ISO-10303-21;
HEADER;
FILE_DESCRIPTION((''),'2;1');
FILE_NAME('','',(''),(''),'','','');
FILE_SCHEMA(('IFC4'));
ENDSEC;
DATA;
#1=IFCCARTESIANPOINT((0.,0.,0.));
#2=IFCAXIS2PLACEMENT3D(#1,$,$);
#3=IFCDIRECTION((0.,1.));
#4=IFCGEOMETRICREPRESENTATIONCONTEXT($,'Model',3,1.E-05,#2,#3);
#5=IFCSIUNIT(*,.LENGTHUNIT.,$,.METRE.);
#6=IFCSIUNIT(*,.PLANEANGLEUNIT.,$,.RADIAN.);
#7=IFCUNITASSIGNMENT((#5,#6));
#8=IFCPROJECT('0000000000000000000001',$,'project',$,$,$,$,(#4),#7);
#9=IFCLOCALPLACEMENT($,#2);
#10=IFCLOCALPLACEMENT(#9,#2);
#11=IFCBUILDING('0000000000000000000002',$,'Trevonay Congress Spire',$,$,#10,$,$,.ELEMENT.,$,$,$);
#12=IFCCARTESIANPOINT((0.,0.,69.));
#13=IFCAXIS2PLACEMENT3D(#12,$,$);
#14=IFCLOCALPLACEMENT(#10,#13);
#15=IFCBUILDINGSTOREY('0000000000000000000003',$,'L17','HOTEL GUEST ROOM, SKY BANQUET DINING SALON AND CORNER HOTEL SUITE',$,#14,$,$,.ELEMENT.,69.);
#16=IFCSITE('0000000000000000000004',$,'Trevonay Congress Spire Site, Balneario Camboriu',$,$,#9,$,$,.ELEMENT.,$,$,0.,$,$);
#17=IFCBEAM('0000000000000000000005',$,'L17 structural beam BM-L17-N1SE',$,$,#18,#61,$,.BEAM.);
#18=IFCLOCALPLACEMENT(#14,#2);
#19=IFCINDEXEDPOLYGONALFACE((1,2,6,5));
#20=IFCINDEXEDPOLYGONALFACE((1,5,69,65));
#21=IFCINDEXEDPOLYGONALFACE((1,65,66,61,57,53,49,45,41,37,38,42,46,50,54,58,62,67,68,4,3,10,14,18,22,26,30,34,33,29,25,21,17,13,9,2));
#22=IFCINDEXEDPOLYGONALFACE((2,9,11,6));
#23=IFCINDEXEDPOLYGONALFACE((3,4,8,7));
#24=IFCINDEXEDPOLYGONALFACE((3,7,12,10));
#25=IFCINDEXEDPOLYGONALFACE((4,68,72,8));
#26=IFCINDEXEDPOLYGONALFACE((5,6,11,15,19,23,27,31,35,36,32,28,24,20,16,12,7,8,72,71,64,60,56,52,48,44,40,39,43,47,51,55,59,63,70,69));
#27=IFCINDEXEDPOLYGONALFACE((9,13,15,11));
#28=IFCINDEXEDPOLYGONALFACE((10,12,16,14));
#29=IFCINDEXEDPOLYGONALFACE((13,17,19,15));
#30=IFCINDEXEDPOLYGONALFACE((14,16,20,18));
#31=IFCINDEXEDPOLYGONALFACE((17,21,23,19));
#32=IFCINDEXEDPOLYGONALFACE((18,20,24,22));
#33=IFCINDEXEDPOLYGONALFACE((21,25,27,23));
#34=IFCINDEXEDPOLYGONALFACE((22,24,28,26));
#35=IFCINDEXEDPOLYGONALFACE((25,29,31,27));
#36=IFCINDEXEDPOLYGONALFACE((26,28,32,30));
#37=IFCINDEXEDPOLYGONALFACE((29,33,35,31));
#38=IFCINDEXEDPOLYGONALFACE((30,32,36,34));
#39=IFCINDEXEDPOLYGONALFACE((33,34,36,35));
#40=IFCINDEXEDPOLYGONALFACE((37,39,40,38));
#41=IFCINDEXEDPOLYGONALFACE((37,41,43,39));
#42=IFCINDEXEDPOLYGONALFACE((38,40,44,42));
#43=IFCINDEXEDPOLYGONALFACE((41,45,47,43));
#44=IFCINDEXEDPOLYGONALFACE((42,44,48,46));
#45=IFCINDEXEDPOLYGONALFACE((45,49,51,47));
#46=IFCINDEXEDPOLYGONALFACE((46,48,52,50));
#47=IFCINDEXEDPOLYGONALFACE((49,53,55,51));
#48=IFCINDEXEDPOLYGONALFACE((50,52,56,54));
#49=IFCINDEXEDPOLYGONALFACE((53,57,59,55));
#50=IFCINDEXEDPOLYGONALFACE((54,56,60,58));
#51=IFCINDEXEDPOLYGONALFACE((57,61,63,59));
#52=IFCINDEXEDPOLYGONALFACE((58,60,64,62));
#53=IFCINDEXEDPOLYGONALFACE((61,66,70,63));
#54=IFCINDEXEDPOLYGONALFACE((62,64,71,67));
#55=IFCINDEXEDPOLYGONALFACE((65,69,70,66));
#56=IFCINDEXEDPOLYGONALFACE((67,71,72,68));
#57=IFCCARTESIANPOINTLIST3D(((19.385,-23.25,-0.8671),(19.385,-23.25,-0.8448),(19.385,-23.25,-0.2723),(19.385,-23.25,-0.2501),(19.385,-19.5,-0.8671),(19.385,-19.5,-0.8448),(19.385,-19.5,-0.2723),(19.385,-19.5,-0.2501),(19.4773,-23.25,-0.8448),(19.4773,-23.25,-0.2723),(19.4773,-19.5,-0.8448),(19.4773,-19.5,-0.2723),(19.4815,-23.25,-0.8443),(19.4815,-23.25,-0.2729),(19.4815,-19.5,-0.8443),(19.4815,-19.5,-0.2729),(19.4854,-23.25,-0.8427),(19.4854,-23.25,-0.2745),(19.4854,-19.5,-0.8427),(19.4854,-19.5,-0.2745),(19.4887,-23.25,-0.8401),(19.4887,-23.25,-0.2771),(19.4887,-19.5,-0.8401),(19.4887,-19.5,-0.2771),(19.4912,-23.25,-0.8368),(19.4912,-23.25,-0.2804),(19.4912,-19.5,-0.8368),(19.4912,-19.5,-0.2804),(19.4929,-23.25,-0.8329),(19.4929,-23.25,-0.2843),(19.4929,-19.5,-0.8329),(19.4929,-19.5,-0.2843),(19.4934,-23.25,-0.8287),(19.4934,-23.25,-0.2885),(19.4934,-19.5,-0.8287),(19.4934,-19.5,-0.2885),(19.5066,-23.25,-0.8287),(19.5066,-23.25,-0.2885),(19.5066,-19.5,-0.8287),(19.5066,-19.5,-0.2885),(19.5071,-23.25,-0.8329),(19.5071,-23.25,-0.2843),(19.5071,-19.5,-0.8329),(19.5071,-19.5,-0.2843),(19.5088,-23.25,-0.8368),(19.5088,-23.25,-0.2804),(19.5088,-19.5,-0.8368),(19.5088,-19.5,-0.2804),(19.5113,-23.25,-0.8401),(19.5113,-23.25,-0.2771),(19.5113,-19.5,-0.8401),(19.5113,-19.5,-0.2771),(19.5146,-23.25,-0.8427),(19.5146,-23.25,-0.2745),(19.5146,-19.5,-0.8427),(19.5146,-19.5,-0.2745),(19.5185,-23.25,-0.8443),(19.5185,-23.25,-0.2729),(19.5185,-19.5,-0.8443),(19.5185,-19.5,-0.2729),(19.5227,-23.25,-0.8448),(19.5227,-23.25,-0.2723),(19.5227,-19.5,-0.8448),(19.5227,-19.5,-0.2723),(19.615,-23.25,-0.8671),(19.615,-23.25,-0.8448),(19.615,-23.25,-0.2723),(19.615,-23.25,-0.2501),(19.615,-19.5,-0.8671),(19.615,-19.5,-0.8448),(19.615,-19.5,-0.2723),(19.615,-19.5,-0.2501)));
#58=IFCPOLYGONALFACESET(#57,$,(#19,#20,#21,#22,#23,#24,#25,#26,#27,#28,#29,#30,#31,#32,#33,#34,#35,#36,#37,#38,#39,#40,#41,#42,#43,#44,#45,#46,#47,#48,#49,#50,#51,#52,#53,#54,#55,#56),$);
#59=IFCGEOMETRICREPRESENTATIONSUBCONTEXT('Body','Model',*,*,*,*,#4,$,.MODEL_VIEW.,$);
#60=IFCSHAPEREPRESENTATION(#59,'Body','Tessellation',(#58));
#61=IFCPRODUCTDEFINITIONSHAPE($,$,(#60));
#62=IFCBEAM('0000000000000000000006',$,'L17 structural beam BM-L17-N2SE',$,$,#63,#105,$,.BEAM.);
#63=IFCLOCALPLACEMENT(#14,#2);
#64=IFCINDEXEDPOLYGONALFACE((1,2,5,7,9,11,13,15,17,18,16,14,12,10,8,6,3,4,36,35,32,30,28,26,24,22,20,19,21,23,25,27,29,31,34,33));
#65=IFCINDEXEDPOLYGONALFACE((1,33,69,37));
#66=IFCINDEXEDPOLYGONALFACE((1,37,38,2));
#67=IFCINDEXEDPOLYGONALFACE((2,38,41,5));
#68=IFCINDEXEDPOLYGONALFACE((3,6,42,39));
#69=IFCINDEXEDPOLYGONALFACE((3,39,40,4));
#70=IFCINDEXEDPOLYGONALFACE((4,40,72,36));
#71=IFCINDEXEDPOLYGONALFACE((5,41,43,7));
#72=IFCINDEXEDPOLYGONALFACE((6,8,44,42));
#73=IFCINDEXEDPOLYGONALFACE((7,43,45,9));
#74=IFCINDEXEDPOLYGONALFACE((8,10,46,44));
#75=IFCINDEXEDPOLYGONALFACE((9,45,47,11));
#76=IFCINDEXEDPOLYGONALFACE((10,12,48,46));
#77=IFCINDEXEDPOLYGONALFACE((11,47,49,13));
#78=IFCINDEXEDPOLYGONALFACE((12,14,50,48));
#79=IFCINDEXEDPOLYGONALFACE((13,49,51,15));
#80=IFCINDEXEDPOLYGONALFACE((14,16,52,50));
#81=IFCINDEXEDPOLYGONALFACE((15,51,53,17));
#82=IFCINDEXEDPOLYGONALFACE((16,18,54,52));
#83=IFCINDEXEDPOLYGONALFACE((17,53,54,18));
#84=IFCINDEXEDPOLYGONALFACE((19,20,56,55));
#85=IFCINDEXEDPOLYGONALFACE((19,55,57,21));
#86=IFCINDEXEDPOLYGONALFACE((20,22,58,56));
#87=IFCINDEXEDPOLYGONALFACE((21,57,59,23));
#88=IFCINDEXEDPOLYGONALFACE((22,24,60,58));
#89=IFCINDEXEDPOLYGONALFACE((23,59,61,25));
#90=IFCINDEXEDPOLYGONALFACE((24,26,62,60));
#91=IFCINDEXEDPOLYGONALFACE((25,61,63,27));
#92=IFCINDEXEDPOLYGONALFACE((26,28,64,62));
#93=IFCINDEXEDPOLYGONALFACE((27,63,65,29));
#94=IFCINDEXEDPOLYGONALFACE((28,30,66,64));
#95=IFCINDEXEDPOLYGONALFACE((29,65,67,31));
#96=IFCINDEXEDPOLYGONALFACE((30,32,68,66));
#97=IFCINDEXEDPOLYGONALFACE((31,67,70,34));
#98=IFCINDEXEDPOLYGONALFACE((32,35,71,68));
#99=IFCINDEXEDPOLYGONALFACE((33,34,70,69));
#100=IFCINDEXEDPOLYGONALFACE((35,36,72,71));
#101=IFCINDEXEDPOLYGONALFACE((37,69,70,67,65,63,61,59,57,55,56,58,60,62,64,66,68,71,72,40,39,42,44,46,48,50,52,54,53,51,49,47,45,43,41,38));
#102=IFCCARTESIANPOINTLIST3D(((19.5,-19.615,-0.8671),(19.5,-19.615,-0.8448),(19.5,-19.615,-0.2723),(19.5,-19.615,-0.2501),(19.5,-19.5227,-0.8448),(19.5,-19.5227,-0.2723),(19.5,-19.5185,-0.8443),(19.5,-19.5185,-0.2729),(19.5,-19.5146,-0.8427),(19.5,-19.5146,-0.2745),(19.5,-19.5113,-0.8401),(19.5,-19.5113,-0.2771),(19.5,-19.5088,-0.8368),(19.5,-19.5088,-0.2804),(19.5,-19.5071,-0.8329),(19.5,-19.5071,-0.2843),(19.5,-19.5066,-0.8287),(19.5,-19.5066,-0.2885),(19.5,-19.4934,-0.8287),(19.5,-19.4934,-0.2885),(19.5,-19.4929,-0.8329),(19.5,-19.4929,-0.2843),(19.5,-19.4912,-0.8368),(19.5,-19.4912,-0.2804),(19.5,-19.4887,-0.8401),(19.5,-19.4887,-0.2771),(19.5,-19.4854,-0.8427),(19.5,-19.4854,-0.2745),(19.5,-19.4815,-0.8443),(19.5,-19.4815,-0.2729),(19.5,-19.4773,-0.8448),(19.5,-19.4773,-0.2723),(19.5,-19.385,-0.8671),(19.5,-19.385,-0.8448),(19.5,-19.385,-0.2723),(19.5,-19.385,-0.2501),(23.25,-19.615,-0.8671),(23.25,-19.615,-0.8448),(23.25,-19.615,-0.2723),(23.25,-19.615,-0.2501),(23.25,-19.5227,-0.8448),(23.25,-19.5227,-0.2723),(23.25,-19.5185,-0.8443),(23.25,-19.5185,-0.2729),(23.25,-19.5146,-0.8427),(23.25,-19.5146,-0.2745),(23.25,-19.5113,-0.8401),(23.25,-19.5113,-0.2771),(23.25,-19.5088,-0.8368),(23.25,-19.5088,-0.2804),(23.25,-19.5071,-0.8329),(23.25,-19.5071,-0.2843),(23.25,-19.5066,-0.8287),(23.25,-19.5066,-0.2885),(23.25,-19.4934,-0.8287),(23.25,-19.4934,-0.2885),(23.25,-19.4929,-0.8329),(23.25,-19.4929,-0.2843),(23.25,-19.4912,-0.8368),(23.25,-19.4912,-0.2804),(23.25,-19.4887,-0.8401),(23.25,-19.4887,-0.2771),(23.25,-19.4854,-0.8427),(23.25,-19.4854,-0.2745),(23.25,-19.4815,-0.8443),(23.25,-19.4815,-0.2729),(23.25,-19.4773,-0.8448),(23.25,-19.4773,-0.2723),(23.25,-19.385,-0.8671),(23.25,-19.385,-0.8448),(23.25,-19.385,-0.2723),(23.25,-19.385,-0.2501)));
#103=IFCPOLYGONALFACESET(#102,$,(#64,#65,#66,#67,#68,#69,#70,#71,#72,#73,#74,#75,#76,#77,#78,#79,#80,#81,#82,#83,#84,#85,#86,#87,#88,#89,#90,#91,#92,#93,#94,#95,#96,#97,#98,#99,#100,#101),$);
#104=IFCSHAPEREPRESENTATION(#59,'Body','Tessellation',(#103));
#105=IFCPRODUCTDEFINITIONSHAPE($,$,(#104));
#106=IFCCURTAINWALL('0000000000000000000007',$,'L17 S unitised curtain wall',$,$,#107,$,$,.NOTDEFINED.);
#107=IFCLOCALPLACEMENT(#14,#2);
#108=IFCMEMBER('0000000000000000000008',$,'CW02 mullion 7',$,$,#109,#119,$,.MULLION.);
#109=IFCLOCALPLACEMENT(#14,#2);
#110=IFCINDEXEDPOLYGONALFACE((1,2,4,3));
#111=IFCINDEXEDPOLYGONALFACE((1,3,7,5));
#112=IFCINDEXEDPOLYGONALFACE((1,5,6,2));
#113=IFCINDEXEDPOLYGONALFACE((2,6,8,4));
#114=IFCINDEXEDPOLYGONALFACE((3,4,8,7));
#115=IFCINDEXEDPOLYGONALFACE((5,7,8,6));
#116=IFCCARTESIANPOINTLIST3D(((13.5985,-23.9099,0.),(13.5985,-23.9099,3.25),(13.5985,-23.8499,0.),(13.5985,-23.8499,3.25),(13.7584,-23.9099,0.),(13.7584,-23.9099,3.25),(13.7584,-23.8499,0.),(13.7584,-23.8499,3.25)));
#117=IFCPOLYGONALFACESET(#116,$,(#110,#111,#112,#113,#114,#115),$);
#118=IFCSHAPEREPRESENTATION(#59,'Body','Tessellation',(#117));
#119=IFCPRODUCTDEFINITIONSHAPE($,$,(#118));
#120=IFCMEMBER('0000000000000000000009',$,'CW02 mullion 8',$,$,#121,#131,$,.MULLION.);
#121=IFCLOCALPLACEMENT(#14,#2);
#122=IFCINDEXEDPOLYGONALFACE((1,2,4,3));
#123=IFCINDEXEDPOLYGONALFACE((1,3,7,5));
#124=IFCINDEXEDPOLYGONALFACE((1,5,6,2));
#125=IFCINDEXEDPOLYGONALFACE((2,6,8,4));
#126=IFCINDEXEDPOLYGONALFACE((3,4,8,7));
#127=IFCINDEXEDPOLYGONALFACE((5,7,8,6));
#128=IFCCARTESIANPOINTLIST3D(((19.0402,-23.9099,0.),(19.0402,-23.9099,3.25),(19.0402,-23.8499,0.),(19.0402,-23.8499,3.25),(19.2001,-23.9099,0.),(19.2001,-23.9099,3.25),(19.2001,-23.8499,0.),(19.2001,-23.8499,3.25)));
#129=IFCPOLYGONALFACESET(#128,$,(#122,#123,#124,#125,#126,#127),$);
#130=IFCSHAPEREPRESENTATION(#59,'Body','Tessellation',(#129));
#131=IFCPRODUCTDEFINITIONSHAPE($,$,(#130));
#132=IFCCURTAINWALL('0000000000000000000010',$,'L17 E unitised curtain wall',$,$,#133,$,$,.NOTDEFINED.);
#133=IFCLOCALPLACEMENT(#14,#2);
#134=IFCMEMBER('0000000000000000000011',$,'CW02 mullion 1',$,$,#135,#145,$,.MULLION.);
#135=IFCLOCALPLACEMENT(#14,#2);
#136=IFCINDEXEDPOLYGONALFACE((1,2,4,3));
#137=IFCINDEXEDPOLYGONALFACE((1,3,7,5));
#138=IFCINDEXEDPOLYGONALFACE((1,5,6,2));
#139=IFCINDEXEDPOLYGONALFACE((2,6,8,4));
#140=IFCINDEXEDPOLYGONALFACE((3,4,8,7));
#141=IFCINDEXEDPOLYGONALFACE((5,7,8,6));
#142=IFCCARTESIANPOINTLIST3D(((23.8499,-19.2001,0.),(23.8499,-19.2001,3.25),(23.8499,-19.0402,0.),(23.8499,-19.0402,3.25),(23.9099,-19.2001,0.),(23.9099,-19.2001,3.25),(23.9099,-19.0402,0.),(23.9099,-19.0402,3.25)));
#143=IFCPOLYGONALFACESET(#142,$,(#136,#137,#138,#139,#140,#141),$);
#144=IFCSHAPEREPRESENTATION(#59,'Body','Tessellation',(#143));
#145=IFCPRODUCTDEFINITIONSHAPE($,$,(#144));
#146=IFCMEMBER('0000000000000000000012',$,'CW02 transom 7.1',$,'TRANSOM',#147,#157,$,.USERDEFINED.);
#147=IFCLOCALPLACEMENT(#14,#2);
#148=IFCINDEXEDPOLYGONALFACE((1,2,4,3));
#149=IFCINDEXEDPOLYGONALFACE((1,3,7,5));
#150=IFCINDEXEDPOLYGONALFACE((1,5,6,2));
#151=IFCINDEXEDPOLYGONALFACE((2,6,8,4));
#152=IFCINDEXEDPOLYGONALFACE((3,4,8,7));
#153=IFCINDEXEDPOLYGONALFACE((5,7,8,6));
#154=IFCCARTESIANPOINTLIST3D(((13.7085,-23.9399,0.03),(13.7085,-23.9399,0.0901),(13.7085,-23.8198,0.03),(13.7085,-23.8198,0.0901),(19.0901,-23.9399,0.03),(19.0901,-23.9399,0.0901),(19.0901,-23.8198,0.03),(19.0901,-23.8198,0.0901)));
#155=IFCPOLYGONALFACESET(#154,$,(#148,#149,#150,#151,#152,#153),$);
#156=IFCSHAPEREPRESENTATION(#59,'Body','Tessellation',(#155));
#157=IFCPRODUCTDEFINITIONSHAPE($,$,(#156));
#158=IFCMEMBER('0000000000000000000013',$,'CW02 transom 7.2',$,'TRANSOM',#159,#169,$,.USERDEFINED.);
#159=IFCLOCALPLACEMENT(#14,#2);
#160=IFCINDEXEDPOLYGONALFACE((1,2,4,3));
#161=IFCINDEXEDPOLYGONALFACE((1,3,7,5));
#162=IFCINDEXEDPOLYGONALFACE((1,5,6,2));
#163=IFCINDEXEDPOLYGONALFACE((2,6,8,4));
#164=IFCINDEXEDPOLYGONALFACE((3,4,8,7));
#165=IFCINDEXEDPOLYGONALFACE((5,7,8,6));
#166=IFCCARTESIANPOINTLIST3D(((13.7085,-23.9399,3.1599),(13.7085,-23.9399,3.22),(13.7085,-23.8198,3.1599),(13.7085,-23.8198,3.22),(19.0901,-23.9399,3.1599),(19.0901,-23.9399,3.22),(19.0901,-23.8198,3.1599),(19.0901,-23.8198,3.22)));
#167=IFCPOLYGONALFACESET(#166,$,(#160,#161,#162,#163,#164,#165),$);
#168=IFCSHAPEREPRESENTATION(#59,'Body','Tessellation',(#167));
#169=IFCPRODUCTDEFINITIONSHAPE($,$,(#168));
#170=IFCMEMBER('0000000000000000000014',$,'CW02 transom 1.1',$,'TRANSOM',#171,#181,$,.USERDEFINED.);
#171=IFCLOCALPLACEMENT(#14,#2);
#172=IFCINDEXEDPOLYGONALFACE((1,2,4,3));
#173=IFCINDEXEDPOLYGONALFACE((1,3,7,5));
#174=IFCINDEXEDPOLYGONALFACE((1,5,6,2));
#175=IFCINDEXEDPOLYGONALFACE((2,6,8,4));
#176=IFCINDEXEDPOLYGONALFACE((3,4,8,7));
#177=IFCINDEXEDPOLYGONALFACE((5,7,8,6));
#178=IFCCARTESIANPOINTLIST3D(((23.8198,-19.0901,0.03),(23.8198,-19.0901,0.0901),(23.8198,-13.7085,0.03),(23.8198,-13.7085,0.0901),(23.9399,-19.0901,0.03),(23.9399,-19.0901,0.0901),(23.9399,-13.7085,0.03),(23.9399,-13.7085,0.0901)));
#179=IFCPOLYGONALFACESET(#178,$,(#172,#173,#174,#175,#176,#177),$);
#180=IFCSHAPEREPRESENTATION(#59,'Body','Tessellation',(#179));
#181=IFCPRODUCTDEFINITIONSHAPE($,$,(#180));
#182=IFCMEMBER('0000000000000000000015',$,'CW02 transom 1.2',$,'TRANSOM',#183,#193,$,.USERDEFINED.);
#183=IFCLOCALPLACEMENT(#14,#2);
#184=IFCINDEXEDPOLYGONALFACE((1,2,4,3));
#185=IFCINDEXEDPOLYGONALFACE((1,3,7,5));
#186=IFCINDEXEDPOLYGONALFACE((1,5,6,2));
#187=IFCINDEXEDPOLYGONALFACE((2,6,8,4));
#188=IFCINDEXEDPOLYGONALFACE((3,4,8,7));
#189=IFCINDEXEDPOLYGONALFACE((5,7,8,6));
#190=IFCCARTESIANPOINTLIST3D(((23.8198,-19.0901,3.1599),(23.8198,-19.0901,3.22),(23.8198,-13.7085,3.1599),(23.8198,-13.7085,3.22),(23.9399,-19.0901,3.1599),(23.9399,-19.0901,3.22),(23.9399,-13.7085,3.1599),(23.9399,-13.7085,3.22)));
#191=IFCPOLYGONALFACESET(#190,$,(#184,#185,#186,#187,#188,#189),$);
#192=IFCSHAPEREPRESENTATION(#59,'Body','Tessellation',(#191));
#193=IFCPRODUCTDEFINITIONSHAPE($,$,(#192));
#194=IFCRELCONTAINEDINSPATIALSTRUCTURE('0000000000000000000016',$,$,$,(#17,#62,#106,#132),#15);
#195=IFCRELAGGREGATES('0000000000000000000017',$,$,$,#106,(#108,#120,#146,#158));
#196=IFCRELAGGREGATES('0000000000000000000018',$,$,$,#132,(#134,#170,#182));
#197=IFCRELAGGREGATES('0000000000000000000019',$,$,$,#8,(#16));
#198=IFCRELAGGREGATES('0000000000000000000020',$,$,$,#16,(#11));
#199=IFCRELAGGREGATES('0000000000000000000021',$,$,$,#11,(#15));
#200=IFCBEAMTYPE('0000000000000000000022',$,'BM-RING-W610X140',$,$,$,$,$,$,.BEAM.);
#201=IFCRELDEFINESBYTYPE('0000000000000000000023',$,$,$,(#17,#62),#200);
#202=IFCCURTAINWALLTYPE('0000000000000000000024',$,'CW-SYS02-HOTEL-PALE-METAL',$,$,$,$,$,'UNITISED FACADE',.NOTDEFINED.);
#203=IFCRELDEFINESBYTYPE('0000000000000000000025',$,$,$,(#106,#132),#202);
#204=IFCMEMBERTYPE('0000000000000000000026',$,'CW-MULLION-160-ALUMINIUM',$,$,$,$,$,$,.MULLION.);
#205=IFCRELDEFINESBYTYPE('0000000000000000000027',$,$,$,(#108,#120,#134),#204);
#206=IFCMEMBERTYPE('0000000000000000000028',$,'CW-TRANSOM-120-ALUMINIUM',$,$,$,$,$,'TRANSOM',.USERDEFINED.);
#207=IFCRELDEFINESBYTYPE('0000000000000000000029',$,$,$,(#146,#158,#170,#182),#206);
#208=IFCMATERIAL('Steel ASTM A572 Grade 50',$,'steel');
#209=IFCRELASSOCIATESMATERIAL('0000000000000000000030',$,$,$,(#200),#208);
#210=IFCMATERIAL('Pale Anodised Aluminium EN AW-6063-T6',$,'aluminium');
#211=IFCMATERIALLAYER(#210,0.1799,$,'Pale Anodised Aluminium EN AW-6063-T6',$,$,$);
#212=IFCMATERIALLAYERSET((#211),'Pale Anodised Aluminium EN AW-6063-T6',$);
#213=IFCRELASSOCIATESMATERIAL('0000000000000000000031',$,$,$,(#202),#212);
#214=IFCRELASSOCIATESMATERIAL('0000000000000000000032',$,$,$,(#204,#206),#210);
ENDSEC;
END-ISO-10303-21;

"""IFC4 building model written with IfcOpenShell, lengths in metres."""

from ifc_helpers import new_model, si_unit, direction, frame, origin, origin_2d, place, context, subcontext, project, spatial, rectangle, i_section, extrude, material, layer, layer_set, material_profile, profile_set, type_object, element, aggregate, save


model = new_model("IFC4")

# Units and contexts
model_context = context("Model", 3, precision=1e-05, world=origin(), true_north=direction((0.0, 1.0)))
body_context = subcontext(model_context, "Body", "Model", "MODEL_VIEW")
ifc_project = project(units=[si_unit("LENGTHUNIT", "METRE"), si_unit("PLANEANGLEUNIT", "RADIAN")], contexts=[model_context])

# Site, building, storey
site_placement = place(None, origin())
site = spatial("IfcSite", under=ifc_project, at=site_placement, Name="Trevonay Congress Spire Site, Balneario Camboriu", CompositionType="ELEMENT", RefElevation=0.0)
building_placement = place(site_placement, origin())
building = spatial("IfcBuilding", under=site, at=building_placement, Name="Trevonay Congress Spire", CompositionType="ELEMENT")
storey_placement = place(building_placement, frame((0.0, 0.0, 69.0)))
storey = spatial("IfcBuildingStorey", under=building, at=storey_placement, Name="L17", Description="HOTEL GUEST ROOM, SKY BANQUET DINING SALON AND CORNER HOTEL SUITE", CompositionType="ELEMENT", Elevation=69.0)

# Shared definitions
ifc_material_1 = material(Name="Steel ASTM A572 Grade 50", Category="steel")

# Beams
ifc_material_profile_1 = material_profile(ifc_material_1, i_section(OverallWidth=0.23, OverallDepth=0.6169, WebThickness=0.0132, FlangeThickness=0.0222, FilletRadius=0.0161, at=origin_2d()), Name="W610x140")
ifc_profile_set_1 = profile_set([ifc_material_profile_1], Name="Steel ASTM A572 Grade 50")
beam_type = type_object("IfcBeamType", Name="BM-RING-W610X140", PredefinedType="BEAM", material=ifc_profile_set_1)
for number, where, z_axis, x_axis, name in (
    (1, (19.5, -23.25, -0.5586), (0.0, 1.0, 0.0), (-1.0, 0.0, 0.0), "L17 structural beam BM-L17-N1SE"),
    (2, (23.25, -19.5, -0.5586), (-1.0, 0.0, 0.0), (0.0, -1.0, 0.0), "L17 structural beam BM-L17-N2SE"),
):
    element("IfcBeam", number, at=place(storey_placement, frame(where, z_axis=z_axis, x_axis=x_axis)), inside=storey, type_object=beam_type, Name=name, PredefinedType="BEAM", context=body_context, shape_type="SweptSolid", body=[
        extrude(i_section(OverallWidth=0.23, OverallDepth=0.6169, WebThickness=0.0132, FlangeThickness=0.0222, FilletRadius=0.0161, at=origin_2d()), origin(), (0.0, 0.0, 1.0), 3.75),
    ])

# Curtain wall, members
ifc_material_2 = material(Name="Pale Anodised Aluminium EN AW-6063-T6", Category="aluminium")
ifc_layer_1 = layer(ifc_material_2, 0.1799, Name="Pale Anodised Aluminium EN AW-6063-T6")
ifc_layer_set_1 = layer_set([ifc_layer_1], Name="Pale Anodised Aluminium EN AW-6063-T6")
curtain_wall_type = type_object("IfcCurtainWallType", Name="CW-SYS02-HOTEL-PALE-METAL", ElementType="UNITISED FACADE", PredefinedType="NOTDEFINED", material=ifc_layer_set_1)
curtain_wall_1_placement = place(storey_placement, origin())
curtain_wall_1 = element("IfcCurtainWall", 3, at=curtain_wall_1_placement, inside=storey, type_object=curtain_wall_type, Name="L17 S unitised curtain wall", PredefinedType="NOTDEFINED")
ifc_material_profile_2 = material_profile(ifc_material_2, rectangle(XDim=0.0601, YDim=0.1599, at=origin_2d()), Name="CW-MULLION-160-ALUMINIUM")
ifc_profile_set_2 = profile_set([ifc_material_profile_2], Name="Pale Anodised Aluminium EN AW-6063-T6")
member_type_1 = type_object("IfcMemberType", Name="CW-MULLION-160-ALUMINIUM", PredefinedType="MULLION", material=ifc_profile_set_2)
member_1_placement = place(storey_placement, frame((13.6785, -23.8799, 0.0), z_axis=(0.0, 0.0, 1.0), x_axis=(0.0, 1.0, 0.0)))
member_1 = element("IfcMember", 4, at=member_1_placement, type_object=member_type_1, Name="CW02 mullion 7", PredefinedType="MULLION", context=body_context, shape_type="SweptSolid", body=[
    extrude(rectangle(XDim=0.0601, YDim=0.1599, at=origin_2d()), origin(), (0.0, 0.0, 1.0), 3.25),
])
member_2_placement = place(storey_placement, frame((19.1201, -23.8799, 0.0), z_axis=(0.0, 0.0, 1.0), x_axis=(0.0, 1.0, 0.0)))
member_2 = element("IfcMember", 5, at=member_2_placement, type_object=member_type_1, Name="CW02 mullion 8", PredefinedType="MULLION", context=body_context, shape_type="SweptSolid", body=[
    extrude(rectangle(XDim=0.0601, YDim=0.1599, at=origin_2d()), origin(), (0.0, 0.0, 1.0), 3.25),
])

# Curtain wall, member
curtain_wall_2_placement = place(storey_placement, origin())
curtain_wall_2 = element("IfcCurtainWall", 6, at=curtain_wall_2_placement, inside=storey, type_object=curtain_wall_type, Name="L17 E unitised curtain wall", PredefinedType="NOTDEFINED")
member_3_placement = place(storey_placement, frame((23.8799, -19.1201, 0.0), z_axis=(0.0, 0.0, 1.0), x_axis=(-1.0, 0.0, 0.0)))
member_3 = element("IfcMember", 7, at=member_3_placement, type_object=member_type_1, Name="CW02 mullion 1", PredefinedType="MULLION", context=body_context, shape_type="SweptSolid", body=[
    extrude(rectangle(XDim=0.0601, YDim=0.1599, at=origin_2d()), origin(), (0.0, 0.0, 1.0), 3.25),
])

# Members
ifc_material_profile_3 = material_profile(ifc_material_2, rectangle(XDim=0.1201, YDim=0.0601, at=origin_2d()), Name="CW-TRANSOM-120-ALUMINIUM")
ifc_profile_set_3 = profile_set([ifc_material_profile_3], Name="Pale Anodised Aluminium EN AW-6063-T6")
member_type_2 = type_object("IfcMemberType", Name="CW-TRANSOM-120-ALUMINIUM", ElementType="TRANSOM", PredefinedType="USERDEFINED", material=ifc_profile_set_3)
member_4_placement = place(storey_placement, frame((13.7085, -23.8799, 0.0601), z_axis=(1.0, 0.0, 0.0), x_axis=(0.0, 1.0, 0.0)))
member_4 = element("IfcMember", 8, at=member_4_placement, type_object=member_type_2, Name="CW02 transom 7.1", ObjectType="TRANSOM", PredefinedType="USERDEFINED", context=body_context, shape_type="SweptSolid", body=[
    extrude(rectangle(XDim=0.1201, YDim=0.0601, at=origin_2d()), origin(), (0.0, 0.0, 1.0), 5.3816),
])
member_5_placement = place(storey_placement, frame((13.7085, -23.8799, 3.1899), z_axis=(1.0, 0.0, 0.0), x_axis=(0.0, 1.0, 0.0)))
member_5 = element("IfcMember", 9, at=member_5_placement, type_object=member_type_2, Name="CW02 transom 7.2", ObjectType="TRANSOM", PredefinedType="USERDEFINED", context=body_context, shape_type="SweptSolid", body=[
    extrude(rectangle(XDim=0.1201, YDim=0.0601, at=origin_2d()), origin(), (0.0, 0.0, 1.0), 5.3816),
])
member_6_placement = place(storey_placement, frame((23.8799, -19.0901, 0.0601), z_axis=(0.0, 1.0, 0.0), x_axis=(-1.0, 0.0, 0.0)))
member_6 = element("IfcMember", 10, at=member_6_placement, type_object=member_type_2, Name="CW02 transom 1.1", ObjectType="TRANSOM", PredefinedType="USERDEFINED", context=body_context, shape_type="SweptSolid", body=[
    extrude(rectangle(XDim=0.1201, YDim=0.0601, at=origin_2d()), origin(), (0.0, 0.0, 1.0), 5.3816),
])
member_7_placement = place(storey_placement, frame((23.8799, -19.0901, 3.1899), z_axis=(0.0, 1.0, 0.0), x_axis=(-1.0, 0.0, 0.0)))
member_7 = element("IfcMember", 11, at=member_7_placement, type_object=member_type_2, Name="CW02 transom 1.2", ObjectType="TRANSOM", PredefinedType="USERDEFINED", context=body_context, shape_type="SweptSolid", body=[
    extrude(rectangle(XDim=0.1201, YDim=0.0601, at=origin_2d()), origin(), (0.0, 0.0, 1.0), 5.3816),
])

aggregate(curtain_wall_1, [member_1, member_2, member_4, member_5])
aggregate(curtain_wall_2, [member_3, member_6, member_7])

save(model, "model.ifc")
